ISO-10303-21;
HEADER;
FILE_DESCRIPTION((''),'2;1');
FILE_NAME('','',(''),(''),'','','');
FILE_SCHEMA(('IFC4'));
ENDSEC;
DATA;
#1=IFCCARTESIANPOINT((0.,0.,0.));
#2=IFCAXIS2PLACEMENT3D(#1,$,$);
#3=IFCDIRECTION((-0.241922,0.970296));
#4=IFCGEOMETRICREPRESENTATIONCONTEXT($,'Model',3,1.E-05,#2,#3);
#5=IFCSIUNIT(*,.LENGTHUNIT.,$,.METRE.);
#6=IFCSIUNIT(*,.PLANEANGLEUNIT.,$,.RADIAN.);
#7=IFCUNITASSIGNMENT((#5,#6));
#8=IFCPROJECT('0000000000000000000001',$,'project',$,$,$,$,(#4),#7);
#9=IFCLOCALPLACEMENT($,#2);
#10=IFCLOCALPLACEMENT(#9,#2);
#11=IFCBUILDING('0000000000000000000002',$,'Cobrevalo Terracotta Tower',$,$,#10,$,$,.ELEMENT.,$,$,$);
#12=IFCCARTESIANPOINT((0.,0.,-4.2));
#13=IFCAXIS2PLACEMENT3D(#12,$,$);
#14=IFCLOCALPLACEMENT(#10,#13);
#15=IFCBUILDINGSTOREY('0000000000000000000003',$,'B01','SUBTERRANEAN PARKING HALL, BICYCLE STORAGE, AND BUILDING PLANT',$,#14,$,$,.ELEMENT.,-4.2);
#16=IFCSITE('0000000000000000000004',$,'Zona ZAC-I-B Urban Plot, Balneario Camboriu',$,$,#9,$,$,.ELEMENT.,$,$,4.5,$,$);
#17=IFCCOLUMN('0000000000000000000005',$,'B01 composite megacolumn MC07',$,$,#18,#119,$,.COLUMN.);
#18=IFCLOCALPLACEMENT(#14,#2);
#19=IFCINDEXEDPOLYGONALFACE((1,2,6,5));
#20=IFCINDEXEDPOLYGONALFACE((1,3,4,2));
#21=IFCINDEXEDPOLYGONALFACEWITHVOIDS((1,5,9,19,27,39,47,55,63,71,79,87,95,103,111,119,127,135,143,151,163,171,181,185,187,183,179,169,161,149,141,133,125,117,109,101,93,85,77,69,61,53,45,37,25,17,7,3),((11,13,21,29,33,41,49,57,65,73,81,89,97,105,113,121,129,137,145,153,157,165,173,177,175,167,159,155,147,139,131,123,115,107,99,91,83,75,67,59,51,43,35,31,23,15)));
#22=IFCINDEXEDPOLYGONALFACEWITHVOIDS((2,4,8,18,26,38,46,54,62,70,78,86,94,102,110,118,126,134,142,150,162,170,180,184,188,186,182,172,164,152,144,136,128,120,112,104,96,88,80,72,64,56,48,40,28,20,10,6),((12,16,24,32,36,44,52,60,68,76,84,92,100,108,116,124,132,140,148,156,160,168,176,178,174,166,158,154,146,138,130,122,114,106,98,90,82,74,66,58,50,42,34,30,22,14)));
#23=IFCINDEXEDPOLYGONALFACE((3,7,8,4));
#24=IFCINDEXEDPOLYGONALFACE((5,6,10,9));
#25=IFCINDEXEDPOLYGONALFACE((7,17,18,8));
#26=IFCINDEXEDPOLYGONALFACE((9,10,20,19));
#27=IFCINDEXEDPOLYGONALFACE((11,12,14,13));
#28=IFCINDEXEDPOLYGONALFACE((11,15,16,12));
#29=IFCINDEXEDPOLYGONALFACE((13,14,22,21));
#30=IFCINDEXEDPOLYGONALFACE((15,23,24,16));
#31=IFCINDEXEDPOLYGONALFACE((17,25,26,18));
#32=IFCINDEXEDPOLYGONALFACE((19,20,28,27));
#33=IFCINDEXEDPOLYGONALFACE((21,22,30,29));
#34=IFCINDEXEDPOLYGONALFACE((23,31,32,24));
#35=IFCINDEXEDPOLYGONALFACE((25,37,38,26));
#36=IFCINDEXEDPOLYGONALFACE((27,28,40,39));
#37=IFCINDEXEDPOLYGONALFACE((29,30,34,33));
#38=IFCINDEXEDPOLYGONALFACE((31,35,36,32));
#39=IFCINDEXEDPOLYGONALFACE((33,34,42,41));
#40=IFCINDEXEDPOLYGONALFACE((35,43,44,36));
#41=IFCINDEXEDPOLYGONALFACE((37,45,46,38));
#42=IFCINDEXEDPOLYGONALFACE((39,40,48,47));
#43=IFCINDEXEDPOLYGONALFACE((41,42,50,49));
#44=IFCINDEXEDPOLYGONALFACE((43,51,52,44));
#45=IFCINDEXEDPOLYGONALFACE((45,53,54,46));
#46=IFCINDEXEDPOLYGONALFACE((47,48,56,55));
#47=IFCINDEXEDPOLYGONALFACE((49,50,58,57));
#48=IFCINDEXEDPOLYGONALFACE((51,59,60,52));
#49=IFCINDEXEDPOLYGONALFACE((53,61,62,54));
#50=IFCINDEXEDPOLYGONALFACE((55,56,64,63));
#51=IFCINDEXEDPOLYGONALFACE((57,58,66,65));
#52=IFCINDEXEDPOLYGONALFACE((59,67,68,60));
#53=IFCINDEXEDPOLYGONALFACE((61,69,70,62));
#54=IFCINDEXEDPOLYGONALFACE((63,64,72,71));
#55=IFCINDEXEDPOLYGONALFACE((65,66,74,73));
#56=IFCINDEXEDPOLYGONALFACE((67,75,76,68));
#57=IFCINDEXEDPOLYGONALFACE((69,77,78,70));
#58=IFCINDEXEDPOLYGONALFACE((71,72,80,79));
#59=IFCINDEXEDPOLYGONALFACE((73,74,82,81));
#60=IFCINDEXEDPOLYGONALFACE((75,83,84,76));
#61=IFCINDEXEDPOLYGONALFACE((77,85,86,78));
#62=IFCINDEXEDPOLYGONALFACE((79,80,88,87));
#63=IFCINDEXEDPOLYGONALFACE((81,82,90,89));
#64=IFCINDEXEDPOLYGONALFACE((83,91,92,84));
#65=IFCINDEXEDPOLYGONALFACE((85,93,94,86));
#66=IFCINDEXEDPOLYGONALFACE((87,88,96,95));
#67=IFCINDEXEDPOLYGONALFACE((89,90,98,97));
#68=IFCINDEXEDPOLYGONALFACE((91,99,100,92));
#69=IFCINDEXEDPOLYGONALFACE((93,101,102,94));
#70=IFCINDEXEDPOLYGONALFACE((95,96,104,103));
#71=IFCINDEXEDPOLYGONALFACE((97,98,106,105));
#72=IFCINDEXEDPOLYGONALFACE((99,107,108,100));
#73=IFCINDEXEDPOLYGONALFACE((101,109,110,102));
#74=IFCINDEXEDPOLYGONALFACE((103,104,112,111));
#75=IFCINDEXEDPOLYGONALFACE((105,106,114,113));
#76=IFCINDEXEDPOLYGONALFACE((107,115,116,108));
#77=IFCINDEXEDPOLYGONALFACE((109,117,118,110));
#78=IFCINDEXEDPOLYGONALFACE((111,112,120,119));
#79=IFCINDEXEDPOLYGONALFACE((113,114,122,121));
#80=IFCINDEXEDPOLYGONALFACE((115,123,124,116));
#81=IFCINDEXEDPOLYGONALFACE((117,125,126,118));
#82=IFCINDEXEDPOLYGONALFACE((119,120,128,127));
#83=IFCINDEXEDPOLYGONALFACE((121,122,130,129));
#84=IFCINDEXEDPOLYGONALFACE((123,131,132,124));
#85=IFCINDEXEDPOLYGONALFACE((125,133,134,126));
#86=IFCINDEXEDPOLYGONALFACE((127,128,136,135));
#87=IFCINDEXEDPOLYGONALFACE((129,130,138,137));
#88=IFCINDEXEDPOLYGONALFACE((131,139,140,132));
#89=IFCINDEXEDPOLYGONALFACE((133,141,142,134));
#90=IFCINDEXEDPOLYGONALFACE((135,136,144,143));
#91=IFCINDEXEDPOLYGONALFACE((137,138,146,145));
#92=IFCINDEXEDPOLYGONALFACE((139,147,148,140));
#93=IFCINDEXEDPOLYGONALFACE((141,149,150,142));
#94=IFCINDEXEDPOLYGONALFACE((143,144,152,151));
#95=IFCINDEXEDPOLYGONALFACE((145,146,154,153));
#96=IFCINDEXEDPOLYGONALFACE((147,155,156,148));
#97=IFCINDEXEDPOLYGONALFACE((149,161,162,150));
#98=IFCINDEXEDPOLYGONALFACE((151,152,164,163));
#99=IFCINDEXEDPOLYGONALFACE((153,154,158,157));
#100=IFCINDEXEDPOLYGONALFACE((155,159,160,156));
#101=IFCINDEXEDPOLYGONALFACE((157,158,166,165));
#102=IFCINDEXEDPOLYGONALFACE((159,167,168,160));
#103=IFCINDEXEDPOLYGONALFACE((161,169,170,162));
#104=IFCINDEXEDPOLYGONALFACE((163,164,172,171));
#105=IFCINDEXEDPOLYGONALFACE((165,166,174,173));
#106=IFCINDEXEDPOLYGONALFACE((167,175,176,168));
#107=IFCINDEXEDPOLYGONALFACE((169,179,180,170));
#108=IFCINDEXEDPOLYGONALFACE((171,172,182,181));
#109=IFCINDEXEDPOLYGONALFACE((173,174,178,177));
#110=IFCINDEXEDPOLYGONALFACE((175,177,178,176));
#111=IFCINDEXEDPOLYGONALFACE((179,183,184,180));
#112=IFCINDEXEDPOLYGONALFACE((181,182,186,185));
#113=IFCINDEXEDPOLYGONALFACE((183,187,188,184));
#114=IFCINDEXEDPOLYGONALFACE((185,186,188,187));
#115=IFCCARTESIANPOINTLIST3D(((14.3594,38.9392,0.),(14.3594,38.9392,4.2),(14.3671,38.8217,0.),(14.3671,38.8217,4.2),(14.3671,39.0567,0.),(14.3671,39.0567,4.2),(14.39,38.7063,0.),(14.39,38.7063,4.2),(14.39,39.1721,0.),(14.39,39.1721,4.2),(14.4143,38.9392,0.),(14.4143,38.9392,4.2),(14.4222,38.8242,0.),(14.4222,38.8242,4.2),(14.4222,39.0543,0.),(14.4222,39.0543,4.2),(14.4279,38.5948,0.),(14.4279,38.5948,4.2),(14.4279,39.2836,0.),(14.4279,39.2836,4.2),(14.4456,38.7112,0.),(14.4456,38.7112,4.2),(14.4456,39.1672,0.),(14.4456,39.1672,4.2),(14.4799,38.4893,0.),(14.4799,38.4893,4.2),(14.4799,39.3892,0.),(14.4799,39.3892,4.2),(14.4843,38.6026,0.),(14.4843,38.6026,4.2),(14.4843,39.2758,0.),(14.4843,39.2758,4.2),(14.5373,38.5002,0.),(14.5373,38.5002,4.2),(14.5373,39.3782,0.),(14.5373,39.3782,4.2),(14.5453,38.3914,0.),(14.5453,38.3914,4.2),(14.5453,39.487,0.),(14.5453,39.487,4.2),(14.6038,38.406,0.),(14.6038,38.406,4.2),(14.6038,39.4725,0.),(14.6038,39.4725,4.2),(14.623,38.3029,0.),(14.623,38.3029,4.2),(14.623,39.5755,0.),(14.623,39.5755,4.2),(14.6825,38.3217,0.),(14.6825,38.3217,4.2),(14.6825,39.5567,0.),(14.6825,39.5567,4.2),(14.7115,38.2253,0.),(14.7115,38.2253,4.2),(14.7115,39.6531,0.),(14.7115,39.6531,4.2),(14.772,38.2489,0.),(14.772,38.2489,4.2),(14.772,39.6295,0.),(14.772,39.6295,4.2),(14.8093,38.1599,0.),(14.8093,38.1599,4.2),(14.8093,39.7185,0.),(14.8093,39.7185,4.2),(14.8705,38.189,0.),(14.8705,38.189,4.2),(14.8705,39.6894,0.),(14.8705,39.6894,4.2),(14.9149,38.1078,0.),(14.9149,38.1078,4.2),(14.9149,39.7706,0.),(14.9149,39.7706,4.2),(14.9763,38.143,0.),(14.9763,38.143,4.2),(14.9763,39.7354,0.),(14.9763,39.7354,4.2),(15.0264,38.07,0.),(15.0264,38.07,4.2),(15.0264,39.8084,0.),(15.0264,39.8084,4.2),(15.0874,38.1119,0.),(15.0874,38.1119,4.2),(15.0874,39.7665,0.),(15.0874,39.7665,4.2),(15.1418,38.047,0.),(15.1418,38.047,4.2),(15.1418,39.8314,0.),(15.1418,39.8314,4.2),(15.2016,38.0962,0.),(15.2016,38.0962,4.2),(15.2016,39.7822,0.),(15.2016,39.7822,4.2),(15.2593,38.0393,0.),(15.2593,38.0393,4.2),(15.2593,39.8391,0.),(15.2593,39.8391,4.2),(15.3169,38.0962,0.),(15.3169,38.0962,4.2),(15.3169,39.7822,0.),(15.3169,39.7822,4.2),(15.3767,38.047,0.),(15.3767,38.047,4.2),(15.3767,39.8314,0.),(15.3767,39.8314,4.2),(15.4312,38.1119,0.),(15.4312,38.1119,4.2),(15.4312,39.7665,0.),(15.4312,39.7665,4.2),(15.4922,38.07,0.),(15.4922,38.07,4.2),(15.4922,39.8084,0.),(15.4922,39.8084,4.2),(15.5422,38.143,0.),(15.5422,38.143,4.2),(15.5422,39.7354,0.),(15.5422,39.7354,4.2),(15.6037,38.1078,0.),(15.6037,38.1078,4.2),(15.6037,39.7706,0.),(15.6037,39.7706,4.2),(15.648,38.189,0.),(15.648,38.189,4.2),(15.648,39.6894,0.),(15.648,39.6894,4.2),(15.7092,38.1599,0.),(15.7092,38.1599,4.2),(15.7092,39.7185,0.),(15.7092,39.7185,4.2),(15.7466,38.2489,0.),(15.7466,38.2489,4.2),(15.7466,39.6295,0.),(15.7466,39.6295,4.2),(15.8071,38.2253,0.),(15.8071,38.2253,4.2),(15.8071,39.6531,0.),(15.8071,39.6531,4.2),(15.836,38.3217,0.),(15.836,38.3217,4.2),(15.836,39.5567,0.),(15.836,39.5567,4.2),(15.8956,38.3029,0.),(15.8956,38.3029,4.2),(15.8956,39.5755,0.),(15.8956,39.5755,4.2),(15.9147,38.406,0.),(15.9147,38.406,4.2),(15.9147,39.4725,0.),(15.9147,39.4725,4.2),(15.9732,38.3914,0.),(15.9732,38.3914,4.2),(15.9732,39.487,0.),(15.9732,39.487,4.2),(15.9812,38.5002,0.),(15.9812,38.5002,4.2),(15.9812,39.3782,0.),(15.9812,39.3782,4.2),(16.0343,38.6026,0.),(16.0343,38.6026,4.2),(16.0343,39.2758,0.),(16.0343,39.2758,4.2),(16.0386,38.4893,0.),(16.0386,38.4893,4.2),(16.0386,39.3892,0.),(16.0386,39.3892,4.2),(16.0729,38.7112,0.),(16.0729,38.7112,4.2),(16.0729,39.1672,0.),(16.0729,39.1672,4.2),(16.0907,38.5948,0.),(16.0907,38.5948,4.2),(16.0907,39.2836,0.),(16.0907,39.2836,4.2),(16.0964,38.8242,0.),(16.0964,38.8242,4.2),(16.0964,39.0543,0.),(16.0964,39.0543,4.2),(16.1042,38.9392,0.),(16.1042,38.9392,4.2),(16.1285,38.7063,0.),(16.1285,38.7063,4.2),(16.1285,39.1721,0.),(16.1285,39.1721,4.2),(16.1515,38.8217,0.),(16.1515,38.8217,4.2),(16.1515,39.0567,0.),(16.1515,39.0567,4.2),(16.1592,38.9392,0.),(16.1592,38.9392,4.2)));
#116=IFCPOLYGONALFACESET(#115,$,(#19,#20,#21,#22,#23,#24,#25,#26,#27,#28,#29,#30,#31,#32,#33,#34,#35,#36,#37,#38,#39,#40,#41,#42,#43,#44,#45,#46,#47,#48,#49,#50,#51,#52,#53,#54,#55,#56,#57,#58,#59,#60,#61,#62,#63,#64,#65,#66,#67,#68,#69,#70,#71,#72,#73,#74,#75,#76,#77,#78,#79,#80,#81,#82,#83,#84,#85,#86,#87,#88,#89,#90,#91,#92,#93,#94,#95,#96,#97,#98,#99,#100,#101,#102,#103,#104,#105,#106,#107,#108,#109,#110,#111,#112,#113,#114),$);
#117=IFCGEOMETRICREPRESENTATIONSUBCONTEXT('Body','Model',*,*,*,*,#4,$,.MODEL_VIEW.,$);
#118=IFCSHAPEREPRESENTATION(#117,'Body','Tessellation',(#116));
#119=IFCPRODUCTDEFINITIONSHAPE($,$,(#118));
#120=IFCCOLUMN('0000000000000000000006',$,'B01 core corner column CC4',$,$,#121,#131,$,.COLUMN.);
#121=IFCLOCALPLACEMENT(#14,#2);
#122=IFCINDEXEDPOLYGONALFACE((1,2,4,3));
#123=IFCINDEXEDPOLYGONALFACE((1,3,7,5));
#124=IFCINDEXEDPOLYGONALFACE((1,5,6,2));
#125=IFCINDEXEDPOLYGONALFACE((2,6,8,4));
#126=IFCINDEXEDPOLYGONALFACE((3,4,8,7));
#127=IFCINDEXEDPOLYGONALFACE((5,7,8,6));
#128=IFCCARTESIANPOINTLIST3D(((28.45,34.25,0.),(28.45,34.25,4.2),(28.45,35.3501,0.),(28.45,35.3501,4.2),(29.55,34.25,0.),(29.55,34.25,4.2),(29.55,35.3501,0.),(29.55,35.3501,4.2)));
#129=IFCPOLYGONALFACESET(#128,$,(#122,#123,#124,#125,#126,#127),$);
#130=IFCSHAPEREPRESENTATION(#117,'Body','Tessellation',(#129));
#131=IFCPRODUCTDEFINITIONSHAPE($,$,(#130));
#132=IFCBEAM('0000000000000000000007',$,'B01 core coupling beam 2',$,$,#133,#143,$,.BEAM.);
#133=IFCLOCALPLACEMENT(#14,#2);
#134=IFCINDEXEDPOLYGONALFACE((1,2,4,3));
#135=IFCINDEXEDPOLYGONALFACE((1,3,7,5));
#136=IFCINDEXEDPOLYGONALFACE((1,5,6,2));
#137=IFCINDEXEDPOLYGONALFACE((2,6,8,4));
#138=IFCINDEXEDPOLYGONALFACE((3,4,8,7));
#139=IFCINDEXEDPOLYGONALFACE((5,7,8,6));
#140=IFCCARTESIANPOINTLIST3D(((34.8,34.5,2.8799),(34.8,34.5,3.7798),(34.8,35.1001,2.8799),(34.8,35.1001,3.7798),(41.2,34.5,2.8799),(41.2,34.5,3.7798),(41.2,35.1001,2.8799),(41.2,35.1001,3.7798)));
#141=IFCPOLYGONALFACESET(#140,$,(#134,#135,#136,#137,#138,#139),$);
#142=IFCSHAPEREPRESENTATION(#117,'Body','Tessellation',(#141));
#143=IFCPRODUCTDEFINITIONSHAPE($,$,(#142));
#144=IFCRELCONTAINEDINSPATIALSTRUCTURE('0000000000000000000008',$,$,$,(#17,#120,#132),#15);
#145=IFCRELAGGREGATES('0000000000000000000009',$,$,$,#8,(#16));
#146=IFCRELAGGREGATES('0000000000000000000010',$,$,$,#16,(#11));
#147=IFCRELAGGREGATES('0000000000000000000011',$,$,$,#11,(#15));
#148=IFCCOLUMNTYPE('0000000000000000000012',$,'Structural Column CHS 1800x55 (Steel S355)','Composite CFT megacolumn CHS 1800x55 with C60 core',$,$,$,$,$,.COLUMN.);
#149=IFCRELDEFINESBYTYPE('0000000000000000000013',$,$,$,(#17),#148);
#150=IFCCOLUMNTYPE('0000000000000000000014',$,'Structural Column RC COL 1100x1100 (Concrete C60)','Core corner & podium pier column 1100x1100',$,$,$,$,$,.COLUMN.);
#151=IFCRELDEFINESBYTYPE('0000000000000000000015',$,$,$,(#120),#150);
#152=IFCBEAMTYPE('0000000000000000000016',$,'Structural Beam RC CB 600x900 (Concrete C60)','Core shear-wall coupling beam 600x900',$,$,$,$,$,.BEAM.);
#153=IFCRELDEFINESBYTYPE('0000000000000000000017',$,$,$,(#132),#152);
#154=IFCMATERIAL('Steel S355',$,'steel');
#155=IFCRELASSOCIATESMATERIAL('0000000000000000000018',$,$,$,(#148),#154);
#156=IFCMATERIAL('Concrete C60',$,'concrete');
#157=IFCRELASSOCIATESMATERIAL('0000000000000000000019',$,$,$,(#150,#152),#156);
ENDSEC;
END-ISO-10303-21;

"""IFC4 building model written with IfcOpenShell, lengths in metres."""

from ifc_helpers import new_model, si_unit, direction, frame, origin, origin_2d, place, context, subcontext, project, spatial, rectangle, hollow_circle, extrude, material, material_profile, profile_set, type_object, element, save


model = new_model("IFC4")

# Units and contexts
model_context = context("Model", 3, precision=1e-05, world=origin(), true_north=direction((-0.241922, 0.970296)))
body_context = subcontext(model_context, "Body", "Model", "MODEL_VIEW")
ifc_project = project(units=[si_unit("LENGTHUNIT", "METRE"), si_unit("PLANEANGLEUNIT", "RADIAN")], contexts=[model_context])

# Site, building, storey
site_placement = place(None, origin())
site = spatial("IfcSite", under=ifc_project, at=site_placement, Name="Zona ZAC-I-B Urban Plot, Balneario Camboriu", CompositionType="ELEMENT", RefElevation=4.5)
building_placement = place(site_placement, origin())
building = spatial("IfcBuilding", under=site, at=building_placement, Name="Cobrevalo Terracotta Tower", CompositionType="ELEMENT")
storey_placement = place(building_placement, frame((0.0, 0.0, -4.2)))
storey = spatial("IfcBuildingStorey", under=building, at=storey_placement, Name="B01", Description="SUBTERRANEAN PARKING HALL, BICYCLE STORAGE, AND BUILDING PLANT", CompositionType="ELEMENT", Elevation=-4.2)

# Columns
ifc_material_1 = material(Name="Steel S355", Category="steel")
ifc_material_profile_1 = material_profile(ifc_material_1, hollow_circle(Radius=0.8999, WallThickness=0.0549, at=origin_2d()), Name="CHS 1800x55")
ifc_profile_set_1 = profile_set([ifc_material_profile_1], Name="Steel S355")
column_type_1 = type_object("IfcColumnType", Name="Structural Column CHS 1800x55 (Steel S355)", Description="Composite CFT megacolumn CHS 1800x55 with C60 core", PredefinedType="COLUMN", material=ifc_profile_set_1)
column_1_placement = place(storey_placement, frame((15.2593, 38.9392, 0.0), z_axis=(0.0, 0.0, 1.0), x_axis=(1.0, 0.0, 0.0)))
element("IfcColumn", 1, at=column_1_placement, inside=storey, type_object=column_type_1, Name="B01 composite megacolumn MC07", PredefinedType="COLUMN", context=body_context, shape_type="SweptSolid", body=[
    extrude(hollow_circle(Radius=0.8999, WallThickness=0.0549, at=origin_2d()), origin(), (0.0, 0.0, 1.0), 4.2),
])
ifc_material_2 = material(Name="Concrete C60", Category="concrete")
ifc_material_profile_2 = material_profile(ifc_material_2, rectangle(XDim=1.1001, YDim=1.1001, at=origin_2d()), Name="RC COL 1100x1100")
ifc_profile_set_2 = profile_set([ifc_material_profile_2], Name="Concrete C60")
column_type_2 = type_object("IfcColumnType", Name="Structural Column RC COL 1100x1100 (Concrete C60)", Description="Core corner & podium pier column 1100x1100", PredefinedType="COLUMN", material=ifc_profile_set_2)
column_2_placement = place(storey_placement, frame((29.0, 34.8, 0.0), z_axis=(0.0, 0.0, 1.0), x_axis=(1.0, 0.0, 0.0)))
element("IfcColumn", 2, at=column_2_placement, inside=storey, type_object=column_type_2, Name="B01 core corner column CC4", PredefinedType="COLUMN", context=body_context, shape_type="SweptSolid", body=[
    extrude(rectangle(XDim=1.1001, YDim=1.1001, at=origin_2d()), origin(), (0.0, 0.0, 1.0), 4.2),
])

# Beam
ifc_material_profile_3 = material_profile(ifc_material_2, rectangle(XDim=0.6001, YDim=0.8999, at=origin_2d()), Name="RC CB 600x900")
ifc_profile_set_3 = profile_set([ifc_material_profile_3], Name="Concrete C60")
beam_type = type_object("IfcBeamType", Name="Structural Beam RC CB 600x900 (Concrete C60)", Description="Core shear-wall coupling beam 600x900", PredefinedType="BEAM", material=ifc_profile_set_3)
beam_placement = place(storey_placement, frame((34.8, 34.8, 3.3298), z_axis=(1.0, 0.0, 0.0), x_axis=(0.0, 1.0, 0.0)))
element("IfcBeam", 3, at=beam_placement, inside=storey, type_object=beam_type, Name="B01 core coupling beam 2", PredefinedType="BEAM", context=body_context, shape_type="SweptSolid", body=[
    extrude(rectangle(XDim=0.6001, YDim=0.8999, at=origin_2d()), origin(), (0.0, 0.0, 1.0), 6.3999),
])

save(model, "model.ifc")
